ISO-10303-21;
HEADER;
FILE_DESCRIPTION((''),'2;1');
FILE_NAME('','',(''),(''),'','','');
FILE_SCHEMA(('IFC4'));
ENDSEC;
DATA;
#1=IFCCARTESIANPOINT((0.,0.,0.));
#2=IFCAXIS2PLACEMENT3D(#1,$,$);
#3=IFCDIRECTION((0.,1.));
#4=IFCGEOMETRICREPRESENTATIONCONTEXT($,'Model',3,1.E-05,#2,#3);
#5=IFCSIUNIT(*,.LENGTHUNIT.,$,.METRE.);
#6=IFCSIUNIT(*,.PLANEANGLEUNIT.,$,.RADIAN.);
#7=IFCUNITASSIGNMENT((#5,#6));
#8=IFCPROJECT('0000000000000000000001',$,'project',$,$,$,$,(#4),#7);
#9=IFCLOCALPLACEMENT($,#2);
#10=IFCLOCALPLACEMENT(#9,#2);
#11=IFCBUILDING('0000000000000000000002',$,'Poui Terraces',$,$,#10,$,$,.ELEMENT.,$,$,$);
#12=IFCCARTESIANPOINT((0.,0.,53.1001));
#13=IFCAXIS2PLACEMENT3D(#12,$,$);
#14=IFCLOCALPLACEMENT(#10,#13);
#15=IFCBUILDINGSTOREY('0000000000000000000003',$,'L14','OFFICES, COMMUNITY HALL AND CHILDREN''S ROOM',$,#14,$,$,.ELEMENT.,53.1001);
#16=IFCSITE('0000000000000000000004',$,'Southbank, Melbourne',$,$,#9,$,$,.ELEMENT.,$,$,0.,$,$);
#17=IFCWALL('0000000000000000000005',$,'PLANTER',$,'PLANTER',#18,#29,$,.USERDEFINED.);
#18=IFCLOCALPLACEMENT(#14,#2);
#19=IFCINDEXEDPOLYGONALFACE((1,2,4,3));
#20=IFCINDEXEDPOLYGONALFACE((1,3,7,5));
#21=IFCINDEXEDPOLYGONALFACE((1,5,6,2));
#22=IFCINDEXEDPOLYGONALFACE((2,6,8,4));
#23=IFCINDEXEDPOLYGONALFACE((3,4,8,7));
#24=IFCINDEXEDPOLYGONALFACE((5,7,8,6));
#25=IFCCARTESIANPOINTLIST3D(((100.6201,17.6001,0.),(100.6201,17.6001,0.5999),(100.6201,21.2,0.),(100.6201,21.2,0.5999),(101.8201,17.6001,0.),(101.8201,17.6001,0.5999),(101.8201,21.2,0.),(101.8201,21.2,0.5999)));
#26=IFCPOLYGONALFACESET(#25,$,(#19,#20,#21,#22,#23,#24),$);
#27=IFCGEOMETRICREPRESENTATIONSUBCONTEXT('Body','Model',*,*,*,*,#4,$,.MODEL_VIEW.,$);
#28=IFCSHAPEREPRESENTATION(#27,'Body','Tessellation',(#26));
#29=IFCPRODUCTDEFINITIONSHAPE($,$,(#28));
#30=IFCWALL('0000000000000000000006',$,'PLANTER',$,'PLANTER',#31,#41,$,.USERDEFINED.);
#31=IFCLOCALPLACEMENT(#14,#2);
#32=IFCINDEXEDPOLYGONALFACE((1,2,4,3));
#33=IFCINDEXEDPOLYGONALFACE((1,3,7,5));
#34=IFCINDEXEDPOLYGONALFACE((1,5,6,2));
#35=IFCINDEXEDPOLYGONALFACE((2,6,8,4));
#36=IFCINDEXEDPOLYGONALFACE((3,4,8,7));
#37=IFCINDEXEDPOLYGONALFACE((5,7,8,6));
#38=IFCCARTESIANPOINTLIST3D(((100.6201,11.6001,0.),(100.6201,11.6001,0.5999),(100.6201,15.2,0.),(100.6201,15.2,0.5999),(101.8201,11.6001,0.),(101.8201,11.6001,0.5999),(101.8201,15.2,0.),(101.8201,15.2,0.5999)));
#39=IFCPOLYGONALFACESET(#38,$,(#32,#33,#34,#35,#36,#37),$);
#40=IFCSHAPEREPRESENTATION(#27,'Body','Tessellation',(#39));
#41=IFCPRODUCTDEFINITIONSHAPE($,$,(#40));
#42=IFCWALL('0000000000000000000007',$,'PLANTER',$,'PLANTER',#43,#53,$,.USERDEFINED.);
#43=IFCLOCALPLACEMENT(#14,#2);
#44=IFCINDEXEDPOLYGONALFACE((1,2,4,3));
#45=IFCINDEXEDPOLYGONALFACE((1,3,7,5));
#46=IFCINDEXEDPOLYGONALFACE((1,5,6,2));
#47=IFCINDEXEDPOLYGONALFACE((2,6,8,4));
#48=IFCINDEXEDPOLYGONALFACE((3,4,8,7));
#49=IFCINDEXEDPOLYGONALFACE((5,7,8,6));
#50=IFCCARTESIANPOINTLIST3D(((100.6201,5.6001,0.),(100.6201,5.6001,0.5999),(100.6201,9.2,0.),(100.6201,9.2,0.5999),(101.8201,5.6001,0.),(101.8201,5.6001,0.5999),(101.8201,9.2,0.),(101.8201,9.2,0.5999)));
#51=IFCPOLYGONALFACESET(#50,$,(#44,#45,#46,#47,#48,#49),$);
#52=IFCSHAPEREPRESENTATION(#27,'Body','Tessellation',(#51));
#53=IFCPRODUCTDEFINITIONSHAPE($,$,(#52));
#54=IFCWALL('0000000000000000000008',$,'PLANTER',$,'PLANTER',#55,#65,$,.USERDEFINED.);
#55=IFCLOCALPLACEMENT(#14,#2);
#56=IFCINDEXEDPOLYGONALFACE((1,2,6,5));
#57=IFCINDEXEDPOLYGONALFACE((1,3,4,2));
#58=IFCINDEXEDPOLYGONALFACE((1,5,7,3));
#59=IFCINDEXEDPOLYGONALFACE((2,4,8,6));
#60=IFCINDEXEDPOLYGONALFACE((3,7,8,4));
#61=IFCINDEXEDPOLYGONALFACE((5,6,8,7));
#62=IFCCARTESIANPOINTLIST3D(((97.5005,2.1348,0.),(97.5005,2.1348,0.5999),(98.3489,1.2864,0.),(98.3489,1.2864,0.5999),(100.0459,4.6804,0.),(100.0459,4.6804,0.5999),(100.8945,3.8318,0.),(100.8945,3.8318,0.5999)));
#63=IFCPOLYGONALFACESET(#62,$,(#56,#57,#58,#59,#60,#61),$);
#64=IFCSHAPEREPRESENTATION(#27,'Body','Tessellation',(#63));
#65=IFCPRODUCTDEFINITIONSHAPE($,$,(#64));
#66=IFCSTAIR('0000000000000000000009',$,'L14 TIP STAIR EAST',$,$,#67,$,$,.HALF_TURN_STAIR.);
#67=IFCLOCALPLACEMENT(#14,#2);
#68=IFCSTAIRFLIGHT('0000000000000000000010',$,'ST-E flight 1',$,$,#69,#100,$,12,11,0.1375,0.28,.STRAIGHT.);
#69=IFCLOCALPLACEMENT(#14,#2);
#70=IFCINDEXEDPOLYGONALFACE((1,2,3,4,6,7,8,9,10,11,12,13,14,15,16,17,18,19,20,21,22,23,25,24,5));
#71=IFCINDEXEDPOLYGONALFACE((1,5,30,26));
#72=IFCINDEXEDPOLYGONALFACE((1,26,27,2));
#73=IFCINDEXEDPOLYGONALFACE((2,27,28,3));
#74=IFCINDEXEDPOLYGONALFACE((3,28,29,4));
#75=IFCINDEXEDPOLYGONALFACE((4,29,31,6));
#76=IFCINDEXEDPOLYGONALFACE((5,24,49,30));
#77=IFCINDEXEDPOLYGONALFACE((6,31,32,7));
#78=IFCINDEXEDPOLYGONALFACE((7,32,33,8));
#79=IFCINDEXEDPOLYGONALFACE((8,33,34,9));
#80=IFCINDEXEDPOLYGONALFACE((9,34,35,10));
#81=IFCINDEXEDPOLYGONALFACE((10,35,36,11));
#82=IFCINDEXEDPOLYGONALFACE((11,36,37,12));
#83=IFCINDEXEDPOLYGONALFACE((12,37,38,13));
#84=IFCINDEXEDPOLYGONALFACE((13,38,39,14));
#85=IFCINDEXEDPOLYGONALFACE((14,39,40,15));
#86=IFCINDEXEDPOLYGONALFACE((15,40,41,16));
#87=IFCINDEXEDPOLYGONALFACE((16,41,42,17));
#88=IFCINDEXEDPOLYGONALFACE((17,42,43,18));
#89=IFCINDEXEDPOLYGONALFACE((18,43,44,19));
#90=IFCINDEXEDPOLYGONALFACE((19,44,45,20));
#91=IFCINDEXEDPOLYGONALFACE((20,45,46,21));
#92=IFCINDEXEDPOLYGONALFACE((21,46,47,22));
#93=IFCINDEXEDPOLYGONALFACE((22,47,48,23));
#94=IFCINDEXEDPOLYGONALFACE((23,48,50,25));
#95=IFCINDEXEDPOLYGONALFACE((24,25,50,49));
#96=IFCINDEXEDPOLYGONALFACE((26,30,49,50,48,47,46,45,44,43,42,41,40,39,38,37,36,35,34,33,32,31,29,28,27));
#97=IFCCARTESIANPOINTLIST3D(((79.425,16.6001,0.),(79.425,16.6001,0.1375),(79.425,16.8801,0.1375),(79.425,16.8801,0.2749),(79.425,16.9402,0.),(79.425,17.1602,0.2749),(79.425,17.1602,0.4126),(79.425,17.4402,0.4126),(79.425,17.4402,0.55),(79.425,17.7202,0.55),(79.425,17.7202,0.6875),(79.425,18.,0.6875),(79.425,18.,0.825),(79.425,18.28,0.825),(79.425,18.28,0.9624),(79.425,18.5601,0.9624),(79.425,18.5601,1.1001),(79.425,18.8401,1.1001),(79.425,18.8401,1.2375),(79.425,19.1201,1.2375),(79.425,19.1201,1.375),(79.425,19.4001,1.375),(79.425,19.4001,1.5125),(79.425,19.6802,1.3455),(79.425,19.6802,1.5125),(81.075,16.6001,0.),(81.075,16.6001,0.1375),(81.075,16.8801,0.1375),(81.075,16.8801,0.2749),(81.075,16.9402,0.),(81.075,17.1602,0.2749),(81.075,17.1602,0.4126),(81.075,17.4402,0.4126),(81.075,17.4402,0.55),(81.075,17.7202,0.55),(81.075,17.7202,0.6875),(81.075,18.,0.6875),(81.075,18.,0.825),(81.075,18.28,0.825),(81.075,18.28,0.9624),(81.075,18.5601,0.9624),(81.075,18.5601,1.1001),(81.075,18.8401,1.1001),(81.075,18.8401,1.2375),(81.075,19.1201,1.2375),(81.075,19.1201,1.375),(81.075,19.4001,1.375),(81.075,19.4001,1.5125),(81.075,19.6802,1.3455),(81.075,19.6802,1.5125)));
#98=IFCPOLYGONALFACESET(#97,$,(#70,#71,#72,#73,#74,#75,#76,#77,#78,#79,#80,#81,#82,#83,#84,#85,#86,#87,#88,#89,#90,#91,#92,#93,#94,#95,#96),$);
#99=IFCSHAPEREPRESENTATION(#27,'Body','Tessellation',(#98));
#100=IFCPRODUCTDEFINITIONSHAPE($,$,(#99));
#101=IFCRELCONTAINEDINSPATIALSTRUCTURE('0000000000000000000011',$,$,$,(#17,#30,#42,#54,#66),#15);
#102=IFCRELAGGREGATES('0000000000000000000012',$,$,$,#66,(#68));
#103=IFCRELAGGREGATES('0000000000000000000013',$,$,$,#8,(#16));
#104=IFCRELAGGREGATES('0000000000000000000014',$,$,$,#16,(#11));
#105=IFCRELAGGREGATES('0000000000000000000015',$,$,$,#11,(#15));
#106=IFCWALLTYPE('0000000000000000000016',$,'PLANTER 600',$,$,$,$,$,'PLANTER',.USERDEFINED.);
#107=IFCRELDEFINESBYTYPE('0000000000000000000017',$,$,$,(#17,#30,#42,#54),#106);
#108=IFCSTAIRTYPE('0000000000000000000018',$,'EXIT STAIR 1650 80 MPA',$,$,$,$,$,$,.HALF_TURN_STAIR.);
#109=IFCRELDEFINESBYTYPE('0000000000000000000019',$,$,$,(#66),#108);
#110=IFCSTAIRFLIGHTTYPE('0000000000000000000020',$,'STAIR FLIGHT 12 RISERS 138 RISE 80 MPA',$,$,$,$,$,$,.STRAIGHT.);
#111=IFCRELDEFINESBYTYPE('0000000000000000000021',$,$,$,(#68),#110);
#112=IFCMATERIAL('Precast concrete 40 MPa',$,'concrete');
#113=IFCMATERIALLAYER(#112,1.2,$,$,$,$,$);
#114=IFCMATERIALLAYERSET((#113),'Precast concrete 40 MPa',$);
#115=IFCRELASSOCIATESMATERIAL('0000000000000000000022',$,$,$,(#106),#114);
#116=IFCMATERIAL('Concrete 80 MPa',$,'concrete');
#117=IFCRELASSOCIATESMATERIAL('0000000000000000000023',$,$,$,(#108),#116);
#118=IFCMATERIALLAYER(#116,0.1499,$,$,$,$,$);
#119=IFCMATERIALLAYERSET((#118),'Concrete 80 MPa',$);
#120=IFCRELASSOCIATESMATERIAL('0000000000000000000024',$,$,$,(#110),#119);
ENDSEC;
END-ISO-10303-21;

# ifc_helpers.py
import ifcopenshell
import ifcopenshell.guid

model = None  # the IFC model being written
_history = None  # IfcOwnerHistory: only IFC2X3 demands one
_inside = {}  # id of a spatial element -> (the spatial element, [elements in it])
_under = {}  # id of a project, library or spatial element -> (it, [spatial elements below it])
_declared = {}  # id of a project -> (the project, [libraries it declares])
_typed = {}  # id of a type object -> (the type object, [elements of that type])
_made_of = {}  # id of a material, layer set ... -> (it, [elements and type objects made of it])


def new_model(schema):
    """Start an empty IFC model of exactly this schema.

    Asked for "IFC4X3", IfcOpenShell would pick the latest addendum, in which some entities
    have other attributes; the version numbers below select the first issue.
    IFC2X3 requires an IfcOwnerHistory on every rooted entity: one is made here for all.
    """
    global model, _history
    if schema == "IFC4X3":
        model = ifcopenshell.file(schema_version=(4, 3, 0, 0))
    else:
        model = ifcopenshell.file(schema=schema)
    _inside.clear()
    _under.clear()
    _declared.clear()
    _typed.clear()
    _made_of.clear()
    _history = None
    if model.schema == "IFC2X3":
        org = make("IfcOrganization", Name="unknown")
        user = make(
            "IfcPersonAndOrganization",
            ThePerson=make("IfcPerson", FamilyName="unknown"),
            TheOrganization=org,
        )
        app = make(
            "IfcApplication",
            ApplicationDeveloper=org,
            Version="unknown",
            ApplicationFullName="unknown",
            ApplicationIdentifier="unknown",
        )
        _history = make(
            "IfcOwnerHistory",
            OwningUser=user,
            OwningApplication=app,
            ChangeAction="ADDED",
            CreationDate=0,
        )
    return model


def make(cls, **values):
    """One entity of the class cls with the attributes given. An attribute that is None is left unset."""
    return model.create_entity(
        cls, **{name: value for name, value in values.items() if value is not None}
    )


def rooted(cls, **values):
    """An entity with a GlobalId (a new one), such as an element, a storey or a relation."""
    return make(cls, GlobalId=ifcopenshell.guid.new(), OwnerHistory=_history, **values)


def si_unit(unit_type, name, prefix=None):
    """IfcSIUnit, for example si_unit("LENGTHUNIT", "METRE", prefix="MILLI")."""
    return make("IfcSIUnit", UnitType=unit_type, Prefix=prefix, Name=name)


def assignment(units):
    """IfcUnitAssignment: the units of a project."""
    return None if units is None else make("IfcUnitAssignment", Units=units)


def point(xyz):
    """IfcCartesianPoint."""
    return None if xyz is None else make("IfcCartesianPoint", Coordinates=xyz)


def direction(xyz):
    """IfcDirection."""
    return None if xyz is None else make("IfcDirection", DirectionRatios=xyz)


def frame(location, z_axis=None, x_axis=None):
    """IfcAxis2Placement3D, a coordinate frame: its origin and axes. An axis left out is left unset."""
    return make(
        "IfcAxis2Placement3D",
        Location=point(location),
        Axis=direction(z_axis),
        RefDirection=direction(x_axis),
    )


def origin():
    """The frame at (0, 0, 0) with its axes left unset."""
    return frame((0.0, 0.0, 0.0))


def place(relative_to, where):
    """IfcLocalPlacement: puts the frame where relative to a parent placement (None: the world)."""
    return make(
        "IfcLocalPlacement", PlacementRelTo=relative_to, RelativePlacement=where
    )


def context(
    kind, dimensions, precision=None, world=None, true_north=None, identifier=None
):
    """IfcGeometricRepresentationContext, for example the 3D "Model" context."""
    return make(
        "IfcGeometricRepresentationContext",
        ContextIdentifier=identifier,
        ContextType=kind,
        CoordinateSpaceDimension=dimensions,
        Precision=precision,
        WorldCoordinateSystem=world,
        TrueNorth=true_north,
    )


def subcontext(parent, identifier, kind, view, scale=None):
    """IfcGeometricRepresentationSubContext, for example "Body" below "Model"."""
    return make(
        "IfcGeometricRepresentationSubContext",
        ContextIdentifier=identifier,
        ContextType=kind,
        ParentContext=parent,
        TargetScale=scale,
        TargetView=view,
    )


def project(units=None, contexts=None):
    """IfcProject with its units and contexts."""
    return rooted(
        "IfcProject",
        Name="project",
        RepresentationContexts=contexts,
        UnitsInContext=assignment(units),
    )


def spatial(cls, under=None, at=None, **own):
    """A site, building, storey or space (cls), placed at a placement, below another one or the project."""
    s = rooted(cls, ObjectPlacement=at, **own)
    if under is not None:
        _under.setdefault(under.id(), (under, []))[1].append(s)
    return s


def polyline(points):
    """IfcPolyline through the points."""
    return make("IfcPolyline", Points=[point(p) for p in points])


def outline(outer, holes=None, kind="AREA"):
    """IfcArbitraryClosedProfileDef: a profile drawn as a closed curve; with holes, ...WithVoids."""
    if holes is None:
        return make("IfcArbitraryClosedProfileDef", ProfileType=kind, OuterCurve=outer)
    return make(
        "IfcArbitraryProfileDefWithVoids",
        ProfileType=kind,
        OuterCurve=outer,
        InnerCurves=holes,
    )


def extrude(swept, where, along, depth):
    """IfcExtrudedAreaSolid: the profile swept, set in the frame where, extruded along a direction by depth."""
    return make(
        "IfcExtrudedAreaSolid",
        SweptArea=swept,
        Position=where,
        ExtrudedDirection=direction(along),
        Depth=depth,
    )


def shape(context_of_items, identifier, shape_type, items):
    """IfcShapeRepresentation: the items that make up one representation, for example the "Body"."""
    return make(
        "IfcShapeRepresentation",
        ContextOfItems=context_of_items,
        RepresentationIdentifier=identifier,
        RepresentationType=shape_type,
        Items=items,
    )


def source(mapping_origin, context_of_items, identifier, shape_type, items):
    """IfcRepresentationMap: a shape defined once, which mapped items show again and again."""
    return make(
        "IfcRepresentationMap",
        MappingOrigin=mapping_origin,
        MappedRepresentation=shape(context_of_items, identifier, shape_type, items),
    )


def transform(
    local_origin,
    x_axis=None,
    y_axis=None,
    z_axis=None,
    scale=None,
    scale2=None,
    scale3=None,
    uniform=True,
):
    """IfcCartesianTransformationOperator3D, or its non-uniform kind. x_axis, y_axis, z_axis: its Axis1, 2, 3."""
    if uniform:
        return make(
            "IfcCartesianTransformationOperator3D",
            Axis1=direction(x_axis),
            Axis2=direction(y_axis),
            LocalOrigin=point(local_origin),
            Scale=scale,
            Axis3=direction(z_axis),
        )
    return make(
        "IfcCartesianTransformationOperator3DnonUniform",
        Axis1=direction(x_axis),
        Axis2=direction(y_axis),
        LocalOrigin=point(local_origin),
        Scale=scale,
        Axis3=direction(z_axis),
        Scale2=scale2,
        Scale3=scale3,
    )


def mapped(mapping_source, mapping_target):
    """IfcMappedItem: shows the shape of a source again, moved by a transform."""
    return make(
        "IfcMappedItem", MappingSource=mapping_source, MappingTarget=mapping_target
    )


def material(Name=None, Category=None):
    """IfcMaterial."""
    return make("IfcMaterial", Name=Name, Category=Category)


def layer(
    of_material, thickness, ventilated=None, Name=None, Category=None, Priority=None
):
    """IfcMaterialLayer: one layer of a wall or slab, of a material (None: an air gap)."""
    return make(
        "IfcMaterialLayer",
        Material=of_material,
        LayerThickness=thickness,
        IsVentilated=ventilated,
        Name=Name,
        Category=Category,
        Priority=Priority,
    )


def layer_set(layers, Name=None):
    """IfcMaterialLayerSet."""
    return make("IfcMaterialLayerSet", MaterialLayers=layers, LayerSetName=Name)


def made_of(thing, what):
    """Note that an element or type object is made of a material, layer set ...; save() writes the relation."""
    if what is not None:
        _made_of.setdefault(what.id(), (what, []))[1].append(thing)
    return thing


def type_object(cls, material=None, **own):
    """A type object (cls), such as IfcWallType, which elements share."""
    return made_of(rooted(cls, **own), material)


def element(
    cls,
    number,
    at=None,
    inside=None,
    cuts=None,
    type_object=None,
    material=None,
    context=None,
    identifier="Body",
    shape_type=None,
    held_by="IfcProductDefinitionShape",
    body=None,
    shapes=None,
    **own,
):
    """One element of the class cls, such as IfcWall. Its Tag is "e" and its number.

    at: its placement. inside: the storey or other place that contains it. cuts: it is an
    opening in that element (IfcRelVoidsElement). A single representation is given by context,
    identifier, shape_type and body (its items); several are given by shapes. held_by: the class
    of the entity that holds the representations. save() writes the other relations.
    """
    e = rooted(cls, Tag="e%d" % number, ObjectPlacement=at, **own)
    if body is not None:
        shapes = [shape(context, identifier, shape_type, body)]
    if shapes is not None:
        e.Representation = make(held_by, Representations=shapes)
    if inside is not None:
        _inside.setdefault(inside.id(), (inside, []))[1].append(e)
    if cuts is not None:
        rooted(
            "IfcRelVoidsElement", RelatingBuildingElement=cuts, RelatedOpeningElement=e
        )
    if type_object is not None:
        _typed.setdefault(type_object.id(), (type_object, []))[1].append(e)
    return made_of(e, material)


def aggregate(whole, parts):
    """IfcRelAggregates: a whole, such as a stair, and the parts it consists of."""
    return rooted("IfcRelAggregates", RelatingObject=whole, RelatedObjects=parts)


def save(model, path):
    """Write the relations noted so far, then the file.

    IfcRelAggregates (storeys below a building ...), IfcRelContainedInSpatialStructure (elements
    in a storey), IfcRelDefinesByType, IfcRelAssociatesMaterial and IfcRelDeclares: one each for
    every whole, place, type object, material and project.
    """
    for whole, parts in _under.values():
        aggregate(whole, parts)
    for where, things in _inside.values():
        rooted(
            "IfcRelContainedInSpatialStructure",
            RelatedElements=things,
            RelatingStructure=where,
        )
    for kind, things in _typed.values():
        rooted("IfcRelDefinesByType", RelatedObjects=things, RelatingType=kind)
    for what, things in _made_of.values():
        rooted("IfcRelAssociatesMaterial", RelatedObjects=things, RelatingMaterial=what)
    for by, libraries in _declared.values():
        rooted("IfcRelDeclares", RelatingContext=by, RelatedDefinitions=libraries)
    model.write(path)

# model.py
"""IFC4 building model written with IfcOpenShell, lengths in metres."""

from ifc_helpers import new_model, si_unit, direction, frame, origin, place, context, subcontext, project, spatial, polyline, outline, extrude, source, transform, mapped, material, layer, layer_set, type_object, element, aggregate, save


model = new_model("IFC4")

# Units and contexts
model_context = context("Model", 3, precision=1e-05, world=origin(), true_north=direction((0.0, 1.0)))
body_context = subcontext(model_context, "Body", "Model", "MODEL_VIEW")
ifc_project = project(units=[si_unit("LENGTHUNIT", "METRE"), si_unit("PLANEANGLEUNIT", "RADIAN")], contexts=[model_context])

# Site, building, storey
site_placement = place(None, origin())
site = spatial("IfcSite", under=ifc_project, at=site_placement, Name="Southbank, Melbourne", CompositionType="ELEMENT", RefElevation=0.0)
building_placement = place(site_placement, origin())
building = spatial("IfcBuilding", under=site, at=building_placement, Name="Poui Terraces", CompositionType="ELEMENT")
storey_placement = place(building_placement, frame((0.0, 0.0, 53.1001)))
storey = spatial("IfcBuildingStorey", under=building, at=storey_placement, Name="L14", Description="OFFICES, COMMUNITY HALL AND CHILDREN'S ROOM", CompositionType="ELEMENT", Elevation=53.1001)

# Shared definitions
ifc_material_1 = material(Name="Concrete 80 MPa", Category="concrete")

# Walls
ifc_material_2 = material(Name="Precast concrete 40 MPa", Category="concrete")
ifc_layer_1 = layer(ifc_material_2, 1.2)
ifc_layer_set_1 = layer_set([ifc_layer_1], Name="Precast concrete 40 MPa")
wall_type_1 = type_object("IfcWallType", Name="PLANTER 600", ElementType="PLANTER", PredefinedType="USERDEFINED", material=ifc_layer_set_1)
shared_shape_1 = source(origin(), body_context, "Body", "SweptSolid", [
    extrude(outline(polyline([(0.0, 0.0), (1.2, 0.0), (1.2, 3.5999), (0.0, 3.5999), (0.0, 0.0)])), origin(), (0.0, 0.0, 1.0), 0.5999),
])
for number, where, name in (
    (1, (100.6201, 17.6001, 0.0), "PLANTER"),
    (2, (100.6201, 11.6001, 0.0), "PLANTER"),
    (3, (100.6201, 5.6001, 0.0), "PLANTER"),
):
    element("IfcWall", number, at=place(storey_placement, frame(where)), inside=storey, type_object=wall_type_1, Name=name, ObjectType="PLANTER", PredefinedType="USERDEFINED", context=body_context, shape_type="MappedRepresentation", body=[
        mapped(shared_shape_1, transform((0.0, 0.0, 0.0))),
    ])
shared_shape_2 = source(origin(), body_context, "Body", "SweptSolid", [
    extrude(outline(polyline([(0.0, 0.0), (0.8484, -0.8484), (3.394, 1.697), (2.5454, 2.5457), (0.0, 0.0)])), origin(), (0.0, 0.0, 1.0), 0.5999),
])
wall_1_placement = place(storey_placement, frame((97.5005, 2.1348, 0.0)))
element("IfcWall", 4, at=wall_1_placement, inside=storey, type_object=wall_type_1, Name="PLANTER", ObjectType="PLANTER", PredefinedType="USERDEFINED", context=body_context, shape_type="MappedRepresentation", body=[
    mapped(shared_shape_2, transform((0.0, 0.0, 0.0))),
])

# Stair, stair flight
stair_type = type_object("IfcStairType", Name="EXIT STAIR 1650 80 MPA", PredefinedType="HALF_TURN_STAIR", material=ifc_material_1)
stair_placement = place(storey_placement, origin())
stair = element("IfcStair", 5, at=stair_placement, inside=storey, type_object=stair_type, Name="L14 TIP STAIR EAST", PredefinedType="HALF_TURN_STAIR")
ifc_layer_2 = layer(ifc_material_1, 0.1499)
ifc_layer_set_2 = layer_set([ifc_layer_2], Name="Concrete 80 MPa")
stair_flight_type = type_object("IfcStairFlightType", Name="STAIR FLIGHT 12 RISERS 138 RISE 80 MPA", PredefinedType="STRAIGHT", material=ifc_layer_set_2)
stair_flight_placement = place(storey_placement, frame((80.25, 16.6001, 0.0), z_axis=(0.0, 0.0, 1.0), x_axis=(0.0, 1.0, 0.0)))
stair_flight = element("IfcStairFlight", 6, at=stair_flight_placement, type_object=stair_flight_type, Name="ST-E flight 1", NumberOfRisers=12, NumberOfTreads=11, PredefinedType="STRAIGHT", RiserHeight=0.1375, TreadLength=0.28, context=body_context, shape_type="SweptSolid", body=[
    extrude(outline(polyline([(0.0, 0.0), (0.0, 0.1375), (0.28, 0.1375), (0.28, 0.2749), (0.5601, 0.2749), (0.5601, 0.4126), (0.8401, 0.4126), (0.8401, 0.55), (1.1201, 0.55), (1.1201, 0.6875), (1.3999, 0.6875), (1.3999, 0.825), (1.6799, 0.825), (1.6799, 0.9624), (1.96, 0.9624), (1.96, 1.1001), (2.24, 1.1001), (2.24, 1.2375), (2.52, 1.2375), (2.52, 1.375), (2.8, 1.375), (2.8, 1.5125), (3.0801, 1.5125), (3.0801, 1.6499), (3.0801, 1.3455), (0.3401, 0.0), (0.0, 0.0)])), frame((0.0, 0.825, 0.0), z_axis=(0.0, -1.0, 0.0), x_axis=(1.0, 0.0, 0.0)), (0.0, 0.0, 1.0), 1.6499),
])
aggregate(stair, [stair_flight])

save(model, "model.ifc")
